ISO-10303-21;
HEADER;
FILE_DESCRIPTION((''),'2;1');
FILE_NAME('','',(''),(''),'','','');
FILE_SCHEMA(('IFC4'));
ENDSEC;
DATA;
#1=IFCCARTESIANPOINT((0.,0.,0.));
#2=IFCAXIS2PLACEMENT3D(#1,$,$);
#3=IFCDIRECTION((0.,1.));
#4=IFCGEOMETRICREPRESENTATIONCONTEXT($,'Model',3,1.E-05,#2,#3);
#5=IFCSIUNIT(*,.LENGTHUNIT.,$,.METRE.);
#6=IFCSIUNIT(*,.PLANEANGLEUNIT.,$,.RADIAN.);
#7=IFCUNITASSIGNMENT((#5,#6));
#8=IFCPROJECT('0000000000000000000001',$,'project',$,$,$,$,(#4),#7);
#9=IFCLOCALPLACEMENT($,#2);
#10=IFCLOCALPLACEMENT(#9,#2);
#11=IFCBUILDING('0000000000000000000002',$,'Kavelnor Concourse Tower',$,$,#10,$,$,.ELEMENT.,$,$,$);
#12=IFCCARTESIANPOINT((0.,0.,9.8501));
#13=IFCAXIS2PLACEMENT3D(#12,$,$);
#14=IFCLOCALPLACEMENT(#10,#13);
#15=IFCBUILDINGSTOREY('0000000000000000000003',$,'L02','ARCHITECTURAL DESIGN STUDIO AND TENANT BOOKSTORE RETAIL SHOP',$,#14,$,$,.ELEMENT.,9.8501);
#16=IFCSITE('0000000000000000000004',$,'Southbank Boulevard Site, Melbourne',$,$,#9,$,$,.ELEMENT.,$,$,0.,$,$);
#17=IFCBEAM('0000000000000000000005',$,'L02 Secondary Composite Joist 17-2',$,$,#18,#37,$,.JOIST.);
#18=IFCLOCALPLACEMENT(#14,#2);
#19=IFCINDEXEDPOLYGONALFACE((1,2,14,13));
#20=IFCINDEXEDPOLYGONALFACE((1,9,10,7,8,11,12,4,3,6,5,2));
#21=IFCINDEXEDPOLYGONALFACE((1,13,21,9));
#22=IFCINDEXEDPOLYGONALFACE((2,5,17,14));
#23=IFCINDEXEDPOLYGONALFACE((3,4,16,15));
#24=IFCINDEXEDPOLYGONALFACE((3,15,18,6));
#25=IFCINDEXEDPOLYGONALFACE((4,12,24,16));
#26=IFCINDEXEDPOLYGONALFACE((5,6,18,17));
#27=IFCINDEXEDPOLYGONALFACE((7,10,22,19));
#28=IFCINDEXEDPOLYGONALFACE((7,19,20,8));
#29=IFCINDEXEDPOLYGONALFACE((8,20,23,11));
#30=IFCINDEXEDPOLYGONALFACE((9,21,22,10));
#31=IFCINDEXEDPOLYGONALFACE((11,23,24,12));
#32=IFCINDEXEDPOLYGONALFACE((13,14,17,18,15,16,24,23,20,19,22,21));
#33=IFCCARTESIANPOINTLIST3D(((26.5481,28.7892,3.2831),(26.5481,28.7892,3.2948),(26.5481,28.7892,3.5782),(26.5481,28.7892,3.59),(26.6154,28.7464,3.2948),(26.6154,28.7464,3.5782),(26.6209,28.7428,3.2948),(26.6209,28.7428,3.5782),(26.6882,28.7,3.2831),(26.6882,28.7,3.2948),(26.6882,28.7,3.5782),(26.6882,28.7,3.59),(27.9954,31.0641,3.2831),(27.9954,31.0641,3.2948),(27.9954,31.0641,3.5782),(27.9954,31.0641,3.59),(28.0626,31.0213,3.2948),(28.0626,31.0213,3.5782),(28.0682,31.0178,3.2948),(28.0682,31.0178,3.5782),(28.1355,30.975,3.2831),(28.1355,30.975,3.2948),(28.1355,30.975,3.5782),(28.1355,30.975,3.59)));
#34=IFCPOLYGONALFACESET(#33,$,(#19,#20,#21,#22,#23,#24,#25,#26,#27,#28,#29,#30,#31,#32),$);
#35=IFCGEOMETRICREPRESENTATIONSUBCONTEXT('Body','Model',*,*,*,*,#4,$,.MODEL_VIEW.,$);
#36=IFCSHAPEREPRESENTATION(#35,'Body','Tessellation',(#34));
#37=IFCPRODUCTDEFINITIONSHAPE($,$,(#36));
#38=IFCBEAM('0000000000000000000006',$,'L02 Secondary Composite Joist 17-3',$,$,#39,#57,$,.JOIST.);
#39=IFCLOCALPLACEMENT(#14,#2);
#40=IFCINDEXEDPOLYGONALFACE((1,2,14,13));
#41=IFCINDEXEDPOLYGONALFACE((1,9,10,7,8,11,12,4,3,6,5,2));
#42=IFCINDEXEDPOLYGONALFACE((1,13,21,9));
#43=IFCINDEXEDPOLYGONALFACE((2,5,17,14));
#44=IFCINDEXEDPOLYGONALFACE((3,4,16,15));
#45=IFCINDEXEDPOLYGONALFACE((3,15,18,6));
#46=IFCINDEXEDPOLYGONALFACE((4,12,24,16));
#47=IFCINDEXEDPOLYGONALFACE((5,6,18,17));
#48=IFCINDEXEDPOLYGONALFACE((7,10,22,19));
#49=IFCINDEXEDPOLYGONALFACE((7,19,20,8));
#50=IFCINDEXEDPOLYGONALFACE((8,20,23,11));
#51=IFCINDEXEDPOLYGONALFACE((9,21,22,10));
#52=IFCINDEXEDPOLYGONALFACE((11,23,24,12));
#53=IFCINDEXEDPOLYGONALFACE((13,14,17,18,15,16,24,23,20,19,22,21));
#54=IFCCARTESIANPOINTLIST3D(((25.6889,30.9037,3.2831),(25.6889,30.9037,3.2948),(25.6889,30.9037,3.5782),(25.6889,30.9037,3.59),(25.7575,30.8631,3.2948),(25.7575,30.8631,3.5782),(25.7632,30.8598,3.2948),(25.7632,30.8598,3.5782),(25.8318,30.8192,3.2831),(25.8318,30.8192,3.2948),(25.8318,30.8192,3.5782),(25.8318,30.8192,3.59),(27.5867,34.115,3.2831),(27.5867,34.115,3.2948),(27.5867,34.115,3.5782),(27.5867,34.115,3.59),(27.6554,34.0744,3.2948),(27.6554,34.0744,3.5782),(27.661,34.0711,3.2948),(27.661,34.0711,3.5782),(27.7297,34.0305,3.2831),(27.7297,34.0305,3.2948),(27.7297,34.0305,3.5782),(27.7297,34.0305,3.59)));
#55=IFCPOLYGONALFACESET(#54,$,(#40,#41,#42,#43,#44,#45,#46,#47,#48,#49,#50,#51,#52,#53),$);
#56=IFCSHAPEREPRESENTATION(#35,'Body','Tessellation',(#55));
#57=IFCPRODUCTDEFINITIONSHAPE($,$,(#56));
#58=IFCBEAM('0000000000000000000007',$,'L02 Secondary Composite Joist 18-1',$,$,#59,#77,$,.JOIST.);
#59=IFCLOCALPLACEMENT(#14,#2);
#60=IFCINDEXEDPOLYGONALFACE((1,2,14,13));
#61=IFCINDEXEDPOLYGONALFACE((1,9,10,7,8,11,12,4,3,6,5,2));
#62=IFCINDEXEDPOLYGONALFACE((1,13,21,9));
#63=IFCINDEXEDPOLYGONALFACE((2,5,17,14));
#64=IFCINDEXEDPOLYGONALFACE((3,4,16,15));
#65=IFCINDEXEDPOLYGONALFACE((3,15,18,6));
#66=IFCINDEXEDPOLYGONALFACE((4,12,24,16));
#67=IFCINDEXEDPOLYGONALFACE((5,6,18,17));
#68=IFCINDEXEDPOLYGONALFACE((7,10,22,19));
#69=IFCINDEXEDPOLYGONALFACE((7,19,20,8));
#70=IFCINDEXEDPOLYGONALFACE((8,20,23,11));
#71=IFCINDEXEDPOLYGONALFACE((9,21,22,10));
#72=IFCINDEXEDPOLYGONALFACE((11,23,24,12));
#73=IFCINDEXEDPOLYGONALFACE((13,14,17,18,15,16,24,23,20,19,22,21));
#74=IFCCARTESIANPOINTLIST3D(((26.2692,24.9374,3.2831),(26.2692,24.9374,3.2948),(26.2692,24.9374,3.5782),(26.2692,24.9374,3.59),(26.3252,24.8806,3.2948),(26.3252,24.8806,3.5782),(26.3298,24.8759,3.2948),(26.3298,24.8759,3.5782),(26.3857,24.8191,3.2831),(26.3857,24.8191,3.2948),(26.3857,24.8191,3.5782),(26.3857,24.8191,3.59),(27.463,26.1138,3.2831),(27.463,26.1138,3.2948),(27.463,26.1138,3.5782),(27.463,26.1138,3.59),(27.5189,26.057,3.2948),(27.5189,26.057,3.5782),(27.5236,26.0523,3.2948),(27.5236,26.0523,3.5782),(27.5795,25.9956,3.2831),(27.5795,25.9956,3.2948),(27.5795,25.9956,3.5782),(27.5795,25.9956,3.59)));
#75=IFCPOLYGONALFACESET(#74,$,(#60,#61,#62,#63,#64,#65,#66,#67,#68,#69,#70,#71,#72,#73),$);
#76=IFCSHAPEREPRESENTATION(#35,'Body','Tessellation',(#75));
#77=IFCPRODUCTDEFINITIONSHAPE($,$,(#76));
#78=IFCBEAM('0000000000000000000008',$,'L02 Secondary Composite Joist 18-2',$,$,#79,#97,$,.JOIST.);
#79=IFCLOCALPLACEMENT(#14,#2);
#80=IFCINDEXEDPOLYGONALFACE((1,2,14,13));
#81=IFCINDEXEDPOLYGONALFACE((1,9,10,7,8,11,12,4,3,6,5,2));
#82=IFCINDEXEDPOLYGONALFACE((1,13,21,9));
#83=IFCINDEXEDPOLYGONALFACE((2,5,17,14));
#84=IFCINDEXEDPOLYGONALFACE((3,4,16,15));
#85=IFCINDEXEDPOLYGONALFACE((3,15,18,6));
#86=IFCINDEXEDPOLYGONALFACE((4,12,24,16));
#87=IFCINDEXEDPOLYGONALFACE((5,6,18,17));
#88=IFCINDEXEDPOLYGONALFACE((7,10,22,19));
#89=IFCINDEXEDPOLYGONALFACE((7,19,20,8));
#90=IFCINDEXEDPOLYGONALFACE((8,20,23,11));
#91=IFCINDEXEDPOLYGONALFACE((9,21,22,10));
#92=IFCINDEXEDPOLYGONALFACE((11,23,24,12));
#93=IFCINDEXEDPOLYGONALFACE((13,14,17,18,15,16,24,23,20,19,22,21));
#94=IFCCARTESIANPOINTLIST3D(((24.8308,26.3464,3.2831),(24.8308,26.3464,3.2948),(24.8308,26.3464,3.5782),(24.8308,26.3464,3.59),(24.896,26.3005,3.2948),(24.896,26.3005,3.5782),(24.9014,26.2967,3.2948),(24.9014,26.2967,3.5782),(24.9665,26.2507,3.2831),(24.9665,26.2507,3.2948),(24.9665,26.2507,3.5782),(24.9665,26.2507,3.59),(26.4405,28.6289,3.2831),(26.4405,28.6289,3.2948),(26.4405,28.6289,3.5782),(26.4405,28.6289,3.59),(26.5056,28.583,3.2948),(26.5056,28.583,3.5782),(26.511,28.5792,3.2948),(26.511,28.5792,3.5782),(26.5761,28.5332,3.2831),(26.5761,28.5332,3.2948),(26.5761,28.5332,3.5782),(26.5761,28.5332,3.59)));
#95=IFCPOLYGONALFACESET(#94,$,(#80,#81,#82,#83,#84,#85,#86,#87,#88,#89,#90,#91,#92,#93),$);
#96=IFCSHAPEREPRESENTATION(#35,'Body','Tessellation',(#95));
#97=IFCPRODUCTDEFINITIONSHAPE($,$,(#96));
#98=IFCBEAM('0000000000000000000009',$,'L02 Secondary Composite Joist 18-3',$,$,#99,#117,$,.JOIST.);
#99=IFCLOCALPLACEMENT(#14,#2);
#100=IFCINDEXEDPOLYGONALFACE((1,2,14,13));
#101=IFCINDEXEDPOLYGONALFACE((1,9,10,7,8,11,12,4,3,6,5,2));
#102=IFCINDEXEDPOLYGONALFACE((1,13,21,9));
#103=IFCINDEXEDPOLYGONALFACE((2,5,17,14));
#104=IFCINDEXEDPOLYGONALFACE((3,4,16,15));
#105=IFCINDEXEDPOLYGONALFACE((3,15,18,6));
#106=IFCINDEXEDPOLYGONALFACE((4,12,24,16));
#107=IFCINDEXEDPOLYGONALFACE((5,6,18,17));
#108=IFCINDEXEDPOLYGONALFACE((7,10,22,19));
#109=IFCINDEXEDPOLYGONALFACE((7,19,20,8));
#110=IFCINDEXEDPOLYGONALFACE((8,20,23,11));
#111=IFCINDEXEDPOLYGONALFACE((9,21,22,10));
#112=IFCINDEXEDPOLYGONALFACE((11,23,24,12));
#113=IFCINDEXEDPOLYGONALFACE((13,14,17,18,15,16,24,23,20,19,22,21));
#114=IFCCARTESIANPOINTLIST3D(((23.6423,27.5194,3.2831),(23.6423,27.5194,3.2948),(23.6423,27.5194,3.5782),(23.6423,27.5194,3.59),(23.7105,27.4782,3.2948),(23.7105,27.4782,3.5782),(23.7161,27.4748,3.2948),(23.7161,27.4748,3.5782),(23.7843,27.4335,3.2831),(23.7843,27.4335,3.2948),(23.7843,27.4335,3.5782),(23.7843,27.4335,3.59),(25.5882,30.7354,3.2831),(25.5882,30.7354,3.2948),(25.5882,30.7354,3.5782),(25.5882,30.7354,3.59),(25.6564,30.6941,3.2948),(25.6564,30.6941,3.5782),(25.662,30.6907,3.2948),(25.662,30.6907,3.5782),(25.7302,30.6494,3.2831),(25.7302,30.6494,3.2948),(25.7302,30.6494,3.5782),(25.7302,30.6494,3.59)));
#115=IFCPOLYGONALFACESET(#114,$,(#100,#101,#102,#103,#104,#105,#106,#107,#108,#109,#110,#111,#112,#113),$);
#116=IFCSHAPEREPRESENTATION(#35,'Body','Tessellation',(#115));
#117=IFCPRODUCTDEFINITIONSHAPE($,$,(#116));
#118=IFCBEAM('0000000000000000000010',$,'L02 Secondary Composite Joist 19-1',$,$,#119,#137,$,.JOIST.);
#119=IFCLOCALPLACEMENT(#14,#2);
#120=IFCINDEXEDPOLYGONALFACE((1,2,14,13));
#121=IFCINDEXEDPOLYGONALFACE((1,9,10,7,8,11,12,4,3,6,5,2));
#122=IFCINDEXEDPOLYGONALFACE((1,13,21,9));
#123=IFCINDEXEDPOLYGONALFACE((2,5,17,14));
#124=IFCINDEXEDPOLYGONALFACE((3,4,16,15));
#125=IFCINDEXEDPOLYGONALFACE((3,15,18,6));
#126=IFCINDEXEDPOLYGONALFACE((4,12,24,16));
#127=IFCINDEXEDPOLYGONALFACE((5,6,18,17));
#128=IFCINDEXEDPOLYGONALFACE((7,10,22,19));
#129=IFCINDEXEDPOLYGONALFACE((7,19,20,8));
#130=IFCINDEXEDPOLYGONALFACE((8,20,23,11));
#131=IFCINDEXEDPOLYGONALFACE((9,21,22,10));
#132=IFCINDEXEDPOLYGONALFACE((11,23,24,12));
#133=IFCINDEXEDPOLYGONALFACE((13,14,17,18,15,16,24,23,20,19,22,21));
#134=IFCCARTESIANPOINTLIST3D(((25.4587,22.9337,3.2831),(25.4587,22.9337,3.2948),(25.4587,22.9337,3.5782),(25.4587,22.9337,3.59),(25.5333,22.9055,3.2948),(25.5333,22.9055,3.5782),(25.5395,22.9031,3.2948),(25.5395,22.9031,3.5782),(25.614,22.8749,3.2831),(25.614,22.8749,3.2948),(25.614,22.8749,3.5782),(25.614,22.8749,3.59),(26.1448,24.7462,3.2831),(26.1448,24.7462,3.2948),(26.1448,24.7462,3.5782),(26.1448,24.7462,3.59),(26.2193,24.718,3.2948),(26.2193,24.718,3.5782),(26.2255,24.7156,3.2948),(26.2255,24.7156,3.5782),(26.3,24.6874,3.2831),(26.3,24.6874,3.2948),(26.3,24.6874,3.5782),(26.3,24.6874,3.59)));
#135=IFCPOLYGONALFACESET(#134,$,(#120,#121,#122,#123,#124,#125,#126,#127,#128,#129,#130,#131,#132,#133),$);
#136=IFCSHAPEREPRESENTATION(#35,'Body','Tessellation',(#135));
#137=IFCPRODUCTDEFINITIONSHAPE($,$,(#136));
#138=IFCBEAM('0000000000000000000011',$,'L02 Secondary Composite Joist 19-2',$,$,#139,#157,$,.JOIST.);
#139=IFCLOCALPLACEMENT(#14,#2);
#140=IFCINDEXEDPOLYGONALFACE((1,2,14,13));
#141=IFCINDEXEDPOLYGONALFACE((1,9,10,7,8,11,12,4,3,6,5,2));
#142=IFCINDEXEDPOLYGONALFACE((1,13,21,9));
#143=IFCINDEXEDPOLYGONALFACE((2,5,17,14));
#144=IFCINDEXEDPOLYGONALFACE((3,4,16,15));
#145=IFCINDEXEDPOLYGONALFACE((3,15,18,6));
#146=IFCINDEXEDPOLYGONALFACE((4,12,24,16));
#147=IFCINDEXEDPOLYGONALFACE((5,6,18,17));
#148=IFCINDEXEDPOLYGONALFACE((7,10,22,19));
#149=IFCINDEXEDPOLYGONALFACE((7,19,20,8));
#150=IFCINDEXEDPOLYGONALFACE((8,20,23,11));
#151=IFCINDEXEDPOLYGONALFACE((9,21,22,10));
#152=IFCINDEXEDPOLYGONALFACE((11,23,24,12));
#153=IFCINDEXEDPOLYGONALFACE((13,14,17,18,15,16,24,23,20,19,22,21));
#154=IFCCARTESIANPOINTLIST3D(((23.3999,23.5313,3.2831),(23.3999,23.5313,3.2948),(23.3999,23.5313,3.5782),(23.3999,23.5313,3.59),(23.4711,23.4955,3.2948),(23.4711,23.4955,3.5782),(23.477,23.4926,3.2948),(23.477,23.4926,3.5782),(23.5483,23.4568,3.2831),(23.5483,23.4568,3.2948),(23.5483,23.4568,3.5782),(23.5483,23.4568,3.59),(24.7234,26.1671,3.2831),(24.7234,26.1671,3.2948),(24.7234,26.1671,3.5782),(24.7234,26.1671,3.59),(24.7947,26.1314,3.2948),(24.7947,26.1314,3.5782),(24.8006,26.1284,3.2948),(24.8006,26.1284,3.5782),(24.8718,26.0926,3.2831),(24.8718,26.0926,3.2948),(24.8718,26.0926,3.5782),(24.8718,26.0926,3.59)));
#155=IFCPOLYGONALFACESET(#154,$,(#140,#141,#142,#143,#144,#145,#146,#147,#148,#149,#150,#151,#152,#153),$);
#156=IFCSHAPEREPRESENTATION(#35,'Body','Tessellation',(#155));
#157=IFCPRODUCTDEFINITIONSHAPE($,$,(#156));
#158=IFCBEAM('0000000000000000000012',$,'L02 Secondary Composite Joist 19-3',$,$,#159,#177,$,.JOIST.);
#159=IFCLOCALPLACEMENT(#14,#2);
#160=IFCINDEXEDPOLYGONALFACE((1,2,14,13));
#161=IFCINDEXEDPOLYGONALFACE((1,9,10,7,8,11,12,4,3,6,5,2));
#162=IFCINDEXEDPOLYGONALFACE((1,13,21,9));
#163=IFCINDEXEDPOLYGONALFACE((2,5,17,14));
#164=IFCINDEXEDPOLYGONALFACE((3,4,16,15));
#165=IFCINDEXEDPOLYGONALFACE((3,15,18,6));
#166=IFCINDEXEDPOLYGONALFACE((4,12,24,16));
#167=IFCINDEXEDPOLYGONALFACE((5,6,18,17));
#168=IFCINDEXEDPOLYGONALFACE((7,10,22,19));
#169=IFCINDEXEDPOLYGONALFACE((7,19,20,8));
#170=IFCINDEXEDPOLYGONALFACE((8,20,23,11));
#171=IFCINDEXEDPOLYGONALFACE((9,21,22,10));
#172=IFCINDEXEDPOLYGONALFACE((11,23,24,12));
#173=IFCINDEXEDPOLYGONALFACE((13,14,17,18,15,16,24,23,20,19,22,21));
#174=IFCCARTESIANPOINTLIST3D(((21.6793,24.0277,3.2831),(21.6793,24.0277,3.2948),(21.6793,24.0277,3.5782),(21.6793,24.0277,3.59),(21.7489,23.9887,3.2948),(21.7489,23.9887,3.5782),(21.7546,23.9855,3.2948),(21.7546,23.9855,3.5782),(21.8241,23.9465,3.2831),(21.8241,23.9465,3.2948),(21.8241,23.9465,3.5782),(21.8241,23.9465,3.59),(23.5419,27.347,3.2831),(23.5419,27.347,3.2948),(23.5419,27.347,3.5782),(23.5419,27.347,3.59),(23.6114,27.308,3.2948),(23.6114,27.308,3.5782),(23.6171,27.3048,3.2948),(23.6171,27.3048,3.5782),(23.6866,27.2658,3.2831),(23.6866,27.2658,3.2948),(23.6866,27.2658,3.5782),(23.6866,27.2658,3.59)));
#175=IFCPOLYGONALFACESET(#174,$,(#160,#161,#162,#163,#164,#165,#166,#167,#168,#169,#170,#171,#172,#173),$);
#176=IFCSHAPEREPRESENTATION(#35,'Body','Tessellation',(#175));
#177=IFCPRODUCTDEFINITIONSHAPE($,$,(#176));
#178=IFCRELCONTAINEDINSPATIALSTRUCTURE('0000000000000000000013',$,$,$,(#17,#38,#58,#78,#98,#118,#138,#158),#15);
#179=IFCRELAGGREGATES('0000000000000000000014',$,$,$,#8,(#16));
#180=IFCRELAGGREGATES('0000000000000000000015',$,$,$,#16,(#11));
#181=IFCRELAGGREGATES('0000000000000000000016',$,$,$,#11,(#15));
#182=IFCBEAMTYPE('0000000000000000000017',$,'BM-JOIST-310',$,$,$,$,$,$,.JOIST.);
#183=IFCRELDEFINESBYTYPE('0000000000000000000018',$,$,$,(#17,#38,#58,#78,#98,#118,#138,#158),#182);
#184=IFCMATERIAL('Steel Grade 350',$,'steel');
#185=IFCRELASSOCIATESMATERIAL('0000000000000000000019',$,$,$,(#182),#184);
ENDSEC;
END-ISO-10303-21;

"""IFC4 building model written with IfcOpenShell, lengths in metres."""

from ifc_helpers import new_model, si_unit, direction, frame, origin, origin_2d, place, context, subcontext, project, spatial, i_section, extrude, material, material_profile, profile_set, type_object, element, save


model = new_model("IFC4")

# Units and contexts
model_context = context("Model", 3, precision=1e-05, world=origin(), true_north=direction((0.0, 1.0)))
body_context = subcontext(model_context, "Body", "Model", "MODEL_VIEW")
ifc_project = project(units=[si_unit("LENGTHUNIT", "METRE"), si_unit("PLANEANGLEUNIT", "RADIAN")], contexts=[model_context])

# Site, building, storey
site_placement = place(None, origin())
site = spatial("IfcSite", under=ifc_project, at=site_placement, Name="Southbank Boulevard Site, Melbourne", CompositionType="ELEMENT", RefElevation=0.0)
building_placement = place(site_placement, origin())
building = spatial("IfcBuilding", under=site, at=building_placement, Name="Kavelnor Concourse Tower", CompositionType="ELEMENT")
storey_placement = place(building_placement, frame((0.0, 0.0, 9.8501)))
storey = spatial("IfcBuildingStorey", under=building, at=storey_placement, Name="L02", Description="ARCHITECTURAL DESIGN STUDIO AND TENANT BOOKSTORE RETAIL SHOP", CompositionType="ELEMENT", Elevation=9.8501)

# Shared definitions
ifc_material_1 = material(Name="Steel Grade 350", Category="steel")

# Beams
ifc_material_profile_1 = material_profile(ifc_material_1, i_section(OverallWidth=0.166, OverallDepth=0.3069, WebThickness=0.0066, FlangeThickness=0.0117, at=origin_2d()), Name="310UB46")
ifc_profile_set_1 = profile_set([ifc_material_profile_1], Name="Steel Grade 350")
beam_type_1 = type_object("IfcBeamType", Name="BM-JOIST-310", PredefinedType="JOIST", material=ifc_profile_set_1)
beam_1_placement = place(storey_placement, frame((28.0654, 31.0195, 3.4365), z_axis=(-0.53677, -0.843729, 0.0), x_axis=(0.843729, -0.53677, 0.0)))
element("IfcBeam", 1, at=beam_1_placement, inside=storey, type_object=beam_type_1, Name="L02 Secondary Composite Joist 17-2", PredefinedType="JOIST", context=body_context, shape_type="SweptSolid", body=[
    extrude(i_section(OverallWidth=0.166, OverallDepth=0.3069, WebThickness=0.0066, FlangeThickness=0.0117, at=origin_2d()), origin(), (0.0, 0.0, 1.0), 2.6963),
])
beam_2_placement = place(storey_placement, frame((27.6582, 34.0728, 3.4365), z_axis=(-0.508787, -0.860893, 0.0), x_axis=(0.860893, -0.508787, 0.0)))
element("IfcBeam", 2, at=beam_2_placement, inside=storey, type_object=beam_type_1, Name="L02 Secondary Composite Joist 17-3", PredefinedType="JOIST", context=body_context, shape_type="SweptSolid", body=[
    extrude(i_section(OverallWidth=0.166, OverallDepth=0.3069, WebThickness=0.0066, FlangeThickness=0.0117, at=origin_2d()), origin(), (0.0, 0.0, 1.0), 3.7302),
])
beam_3_placement = place(storey_placement, frame((27.5212, 26.0547, 3.4365), z_axis=(-0.712259, -0.701917, 0.0), x_axis=(0.701917, -0.712259, 0.0)))
element("IfcBeam", 3, at=beam_3_placement, inside=storey, type_object=beam_type_1, Name="L02 Secondary Composite Joist 18-1", PredefinedType="JOIST", context=body_context, shape_type="SweptSolid", body=[
    extrude(i_section(OverallWidth=0.166, OverallDepth=0.3069, WebThickness=0.0066, FlangeThickness=0.0117, at=origin_2d()), origin(), (0.0, 0.0, 1.0), 1.676),
])
beam_4_placement = place(storey_placement, frame((26.5083, 28.5811, 3.4365), z_axis=(-0.576316, -0.817227, 0.0), x_axis=(0.817227, -0.576316, 0.0)))
element("IfcBeam", 4, at=beam_4_placement, inside=storey, type_object=beam_type_1, Name="L02 Secondary Composite Joist 18-2", PredefinedType="JOIST", context=body_context, shape_type="SweptSolid", body=[
    extrude(i_section(OverallWidth=0.166, OverallDepth=0.3069, WebThickness=0.0066, FlangeThickness=0.0117, at=origin_2d()), origin(), (0.0, 0.0, 1.0), 2.793),
])
beam_5_placement = place(storey_placement, frame((25.6592, 30.6924, 3.4365), z_axis=(-0.517683, -0.855573, 0.0), x_axis=(0.855573, -0.517683, 0.0)))
element("IfcBeam", 5, at=beam_5_placement, inside=storey, type_object=beam_type_1, Name="L02 Secondary Composite Joist 18-3", PredefinedType="JOIST", context=body_context, shape_type="SweptSolid", body=[
    extrude(i_section(OverallWidth=0.166, OverallDepth=0.3069, WebThickness=0.0066, FlangeThickness=0.0117, at=origin_2d()), origin(), (0.0, 0.0, 1.0), 3.7588),
])
beam_6_placement = place(storey_placement, frame((26.2224, 24.7168, 3.4365), z_axis=(-0.353993, -0.935248, 0.0), x_axis=(0.935248, -0.353993, 0.0)))
element("IfcBeam", 6, at=beam_6_placement, inside=storey, type_object=beam_type_1, Name="L02 Secondary Composite Joist 19-1", PredefinedType="JOIST", context=body_context, shape_type="SweptSolid", body=[
    extrude(i_section(OverallWidth=0.166, OverallDepth=0.3069, WebThickness=0.0066, FlangeThickness=0.0117, at=origin_2d()), origin(), (0.0, 0.0, 1.0), 1.938),
])
beam_7_placement = place(storey_placement, frame((24.7976, 26.1299, 3.4365), z_axis=(-0.448736, -0.893664, 0.0), x_axis=(0.893664, -0.448736, 0.0)))
element("IfcBeam", 7, at=beam_7_placement, inside=storey, type_object=beam_type_1, Name="L02 Secondary Composite Joist 19-2", PredefinedType="JOIST", context=body_context, shape_type="SweptSolid", body=[
    extrude(i_section(OverallWidth=0.166, OverallDepth=0.3069, WebThickness=0.0066, FlangeThickness=0.0117, at=origin_2d()), origin(), (0.0, 0.0, 1.0), 2.9495),
])
beam_8_placement = place(storey_placement, frame((23.6143, 27.3064, 3.4365), z_axis=(-0.489347, -0.872089, 0.0), x_axis=(0.872089, -0.489347, 0.0)))
element("IfcBeam", 8, at=beam_8_placement, inside=storey, type_object=beam_type_1, Name="L02 Secondary Composite Joist 19-3", PredefinedType="JOIST", context=body_context, shape_type="SweptSolid", body=[
    extrude(i_section(OverallWidth=0.166, OverallDepth=0.3069, WebThickness=0.0066, FlangeThickness=0.0117, at=origin_2d()), origin(), (0.0, 0.0, 1.0), 3.8062),
])

save(model, "model.ifc")
